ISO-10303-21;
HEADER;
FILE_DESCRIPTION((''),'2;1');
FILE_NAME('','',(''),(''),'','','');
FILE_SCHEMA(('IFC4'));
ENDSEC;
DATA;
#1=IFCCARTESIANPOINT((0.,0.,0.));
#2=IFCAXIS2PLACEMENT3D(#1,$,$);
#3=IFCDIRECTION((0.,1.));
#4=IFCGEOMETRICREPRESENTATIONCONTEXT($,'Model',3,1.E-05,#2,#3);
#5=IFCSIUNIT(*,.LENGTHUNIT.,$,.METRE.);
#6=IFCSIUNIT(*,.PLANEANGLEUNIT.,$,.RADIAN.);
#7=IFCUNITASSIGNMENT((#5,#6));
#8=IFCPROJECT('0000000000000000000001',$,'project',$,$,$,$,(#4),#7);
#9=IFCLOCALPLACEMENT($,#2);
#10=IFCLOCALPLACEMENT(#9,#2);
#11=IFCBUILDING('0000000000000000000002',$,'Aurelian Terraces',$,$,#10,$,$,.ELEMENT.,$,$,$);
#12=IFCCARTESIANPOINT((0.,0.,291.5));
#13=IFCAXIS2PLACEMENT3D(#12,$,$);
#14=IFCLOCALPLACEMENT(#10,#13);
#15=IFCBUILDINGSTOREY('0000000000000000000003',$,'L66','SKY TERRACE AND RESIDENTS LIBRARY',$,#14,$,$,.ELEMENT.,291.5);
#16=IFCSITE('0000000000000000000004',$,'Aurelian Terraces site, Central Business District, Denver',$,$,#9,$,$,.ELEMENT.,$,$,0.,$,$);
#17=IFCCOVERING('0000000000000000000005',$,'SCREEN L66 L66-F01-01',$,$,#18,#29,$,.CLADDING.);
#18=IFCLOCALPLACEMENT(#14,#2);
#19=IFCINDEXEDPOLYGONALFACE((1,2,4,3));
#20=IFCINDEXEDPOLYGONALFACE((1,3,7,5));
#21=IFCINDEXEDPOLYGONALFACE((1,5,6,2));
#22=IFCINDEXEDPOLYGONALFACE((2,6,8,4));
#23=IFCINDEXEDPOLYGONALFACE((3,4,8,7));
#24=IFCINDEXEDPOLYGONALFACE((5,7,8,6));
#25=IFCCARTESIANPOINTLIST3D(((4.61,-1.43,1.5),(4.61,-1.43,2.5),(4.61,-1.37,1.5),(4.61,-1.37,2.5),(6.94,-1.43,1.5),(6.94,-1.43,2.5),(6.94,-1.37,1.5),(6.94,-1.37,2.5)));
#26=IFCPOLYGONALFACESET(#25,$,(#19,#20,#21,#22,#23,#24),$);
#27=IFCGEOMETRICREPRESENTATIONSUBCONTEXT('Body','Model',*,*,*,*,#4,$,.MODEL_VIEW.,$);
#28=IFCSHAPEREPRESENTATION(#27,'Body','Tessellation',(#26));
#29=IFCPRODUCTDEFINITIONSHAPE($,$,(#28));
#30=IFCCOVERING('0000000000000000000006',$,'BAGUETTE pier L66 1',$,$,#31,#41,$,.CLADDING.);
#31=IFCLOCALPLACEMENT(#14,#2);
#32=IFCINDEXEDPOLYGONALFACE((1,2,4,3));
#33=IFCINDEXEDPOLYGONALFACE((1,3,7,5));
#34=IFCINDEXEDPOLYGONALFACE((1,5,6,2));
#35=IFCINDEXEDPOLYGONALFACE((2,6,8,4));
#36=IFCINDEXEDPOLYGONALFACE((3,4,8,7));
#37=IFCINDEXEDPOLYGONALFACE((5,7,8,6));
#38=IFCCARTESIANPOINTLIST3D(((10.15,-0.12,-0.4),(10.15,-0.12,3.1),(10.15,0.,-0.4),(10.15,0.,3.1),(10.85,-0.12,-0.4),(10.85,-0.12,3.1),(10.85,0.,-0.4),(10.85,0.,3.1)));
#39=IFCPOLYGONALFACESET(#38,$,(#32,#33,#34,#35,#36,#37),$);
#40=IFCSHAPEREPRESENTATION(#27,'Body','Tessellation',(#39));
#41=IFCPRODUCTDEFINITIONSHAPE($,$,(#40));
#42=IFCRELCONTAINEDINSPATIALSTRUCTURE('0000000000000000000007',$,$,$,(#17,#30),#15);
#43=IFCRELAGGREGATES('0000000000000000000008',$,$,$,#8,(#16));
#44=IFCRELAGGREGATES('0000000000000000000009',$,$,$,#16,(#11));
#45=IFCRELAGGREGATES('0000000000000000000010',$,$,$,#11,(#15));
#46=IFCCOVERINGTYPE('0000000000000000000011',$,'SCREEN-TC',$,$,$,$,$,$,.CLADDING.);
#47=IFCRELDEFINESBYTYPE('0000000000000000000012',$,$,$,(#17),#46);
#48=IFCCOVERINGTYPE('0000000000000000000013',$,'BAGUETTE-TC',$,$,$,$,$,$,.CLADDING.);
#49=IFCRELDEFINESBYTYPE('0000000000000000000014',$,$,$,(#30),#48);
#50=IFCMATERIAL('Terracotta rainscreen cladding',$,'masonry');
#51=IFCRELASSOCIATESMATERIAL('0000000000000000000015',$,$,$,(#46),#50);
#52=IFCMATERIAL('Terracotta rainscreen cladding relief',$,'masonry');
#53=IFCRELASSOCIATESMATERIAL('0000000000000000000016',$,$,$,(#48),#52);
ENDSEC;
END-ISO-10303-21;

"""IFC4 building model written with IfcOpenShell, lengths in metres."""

from ifc_helpers import new_model, si_unit, direction, frame, origin, origin_2d, place, context, subcontext, project, spatial, rectangle, extrude, source, transform, mapped, material, type_object, element, save


model = new_model("IFC4")

# Units and contexts
model_context = context("Model", 3, precision=1e-05, world=origin(), true_north=direction((0.0, 1.0)))
body_context = subcontext(model_context, "Body", "Model", "MODEL_VIEW")
ifc_project = project(units=[si_unit("LENGTHUNIT", "METRE"), si_unit("PLANEANGLEUNIT", "RADIAN")], contexts=[model_context])

# Site, building, storey
site_placement = place(None, origin())
site = spatial("IfcSite", under=ifc_project, at=site_placement, Name="Aurelian Terraces site, Central Business District, Denver", CompositionType="ELEMENT", RefElevation=0.0)
building_placement = place(site_placement, origin())
building = spatial("IfcBuilding", under=site, at=building_placement, Name="Aurelian Terraces", CompositionType="ELEMENT")
storey_placement = place(building_placement, frame((0.0, 0.0, 291.5)))
storey = spatial("IfcBuildingStorey", under=building, at=storey_placement, Name="L66", Description="SKY TERRACE AND RESIDENTS LIBRARY", CompositionType="ELEMENT", Elevation=291.5)

# Shared definitions
ifc_material_1 = material(Name="Terracotta rainscreen cladding", Category="masonry")

# Shared definitions
ifc_material_2 = material(Name="Terracotta rainscreen cladding relief", Category="masonry")

# Coverings
covering_type_1 = type_object("IfcCoveringType", Name="SCREEN-TC", PredefinedType="CLADDING", material=ifc_material_1)
shared_shape_1 = source(origin(), body_context, "Body", "SweptSolid", [
    extrude(rectangle(XDim=2.33, YDim=0.06, at=origin_2d()), origin(), (0.0, 0.0, 1.0), 1.0),
])
covering_1_placement = place(storey_placement, frame((5.775, -1.4, 1.5), z_axis=(0.0, 0.0, 1.0), x_axis=(1.0, 0.0, 0.0)))
element("IfcCovering", 1, at=covering_1_placement, inside=storey, type_object=covering_type_1, Name="SCREEN L66 L66-F01-01", PredefinedType="CLADDING", context=body_context, shape_type="MappedRepresentation", body=[
    mapped(shared_shape_1, transform((0.0, 0.0, 0.0), scale=1.0)),
])
covering_type_2 = type_object("IfcCoveringType", Name="BAGUETTE-TC", PredefinedType="CLADDING", material=ifc_material_2)
shared_shape_2 = source(origin(), body_context, "Body", "SweptSolid", [
    extrude(rectangle(XDim=0.7, YDim=0.12, at=origin_2d()), origin(), (0.0, 0.0, 1.0), 3.5),
])
covering_2_placement = place(storey_placement, frame((10.5, -0.06, -0.4), z_axis=(0.0, 0.0, 1.0), x_axis=(1.0, 0.0, 0.0)))
element("IfcCovering", 2, at=covering_2_placement, inside=storey, type_object=covering_type_2, Name="BAGUETTE pier L66 1", PredefinedType="CLADDING", context=body_context, shape_type="MappedRepresentation", body=[
    mapped(shared_shape_2, transform((0.0, 0.0, 0.0), scale=1.0)),
])

save(model, "model.ifc")
